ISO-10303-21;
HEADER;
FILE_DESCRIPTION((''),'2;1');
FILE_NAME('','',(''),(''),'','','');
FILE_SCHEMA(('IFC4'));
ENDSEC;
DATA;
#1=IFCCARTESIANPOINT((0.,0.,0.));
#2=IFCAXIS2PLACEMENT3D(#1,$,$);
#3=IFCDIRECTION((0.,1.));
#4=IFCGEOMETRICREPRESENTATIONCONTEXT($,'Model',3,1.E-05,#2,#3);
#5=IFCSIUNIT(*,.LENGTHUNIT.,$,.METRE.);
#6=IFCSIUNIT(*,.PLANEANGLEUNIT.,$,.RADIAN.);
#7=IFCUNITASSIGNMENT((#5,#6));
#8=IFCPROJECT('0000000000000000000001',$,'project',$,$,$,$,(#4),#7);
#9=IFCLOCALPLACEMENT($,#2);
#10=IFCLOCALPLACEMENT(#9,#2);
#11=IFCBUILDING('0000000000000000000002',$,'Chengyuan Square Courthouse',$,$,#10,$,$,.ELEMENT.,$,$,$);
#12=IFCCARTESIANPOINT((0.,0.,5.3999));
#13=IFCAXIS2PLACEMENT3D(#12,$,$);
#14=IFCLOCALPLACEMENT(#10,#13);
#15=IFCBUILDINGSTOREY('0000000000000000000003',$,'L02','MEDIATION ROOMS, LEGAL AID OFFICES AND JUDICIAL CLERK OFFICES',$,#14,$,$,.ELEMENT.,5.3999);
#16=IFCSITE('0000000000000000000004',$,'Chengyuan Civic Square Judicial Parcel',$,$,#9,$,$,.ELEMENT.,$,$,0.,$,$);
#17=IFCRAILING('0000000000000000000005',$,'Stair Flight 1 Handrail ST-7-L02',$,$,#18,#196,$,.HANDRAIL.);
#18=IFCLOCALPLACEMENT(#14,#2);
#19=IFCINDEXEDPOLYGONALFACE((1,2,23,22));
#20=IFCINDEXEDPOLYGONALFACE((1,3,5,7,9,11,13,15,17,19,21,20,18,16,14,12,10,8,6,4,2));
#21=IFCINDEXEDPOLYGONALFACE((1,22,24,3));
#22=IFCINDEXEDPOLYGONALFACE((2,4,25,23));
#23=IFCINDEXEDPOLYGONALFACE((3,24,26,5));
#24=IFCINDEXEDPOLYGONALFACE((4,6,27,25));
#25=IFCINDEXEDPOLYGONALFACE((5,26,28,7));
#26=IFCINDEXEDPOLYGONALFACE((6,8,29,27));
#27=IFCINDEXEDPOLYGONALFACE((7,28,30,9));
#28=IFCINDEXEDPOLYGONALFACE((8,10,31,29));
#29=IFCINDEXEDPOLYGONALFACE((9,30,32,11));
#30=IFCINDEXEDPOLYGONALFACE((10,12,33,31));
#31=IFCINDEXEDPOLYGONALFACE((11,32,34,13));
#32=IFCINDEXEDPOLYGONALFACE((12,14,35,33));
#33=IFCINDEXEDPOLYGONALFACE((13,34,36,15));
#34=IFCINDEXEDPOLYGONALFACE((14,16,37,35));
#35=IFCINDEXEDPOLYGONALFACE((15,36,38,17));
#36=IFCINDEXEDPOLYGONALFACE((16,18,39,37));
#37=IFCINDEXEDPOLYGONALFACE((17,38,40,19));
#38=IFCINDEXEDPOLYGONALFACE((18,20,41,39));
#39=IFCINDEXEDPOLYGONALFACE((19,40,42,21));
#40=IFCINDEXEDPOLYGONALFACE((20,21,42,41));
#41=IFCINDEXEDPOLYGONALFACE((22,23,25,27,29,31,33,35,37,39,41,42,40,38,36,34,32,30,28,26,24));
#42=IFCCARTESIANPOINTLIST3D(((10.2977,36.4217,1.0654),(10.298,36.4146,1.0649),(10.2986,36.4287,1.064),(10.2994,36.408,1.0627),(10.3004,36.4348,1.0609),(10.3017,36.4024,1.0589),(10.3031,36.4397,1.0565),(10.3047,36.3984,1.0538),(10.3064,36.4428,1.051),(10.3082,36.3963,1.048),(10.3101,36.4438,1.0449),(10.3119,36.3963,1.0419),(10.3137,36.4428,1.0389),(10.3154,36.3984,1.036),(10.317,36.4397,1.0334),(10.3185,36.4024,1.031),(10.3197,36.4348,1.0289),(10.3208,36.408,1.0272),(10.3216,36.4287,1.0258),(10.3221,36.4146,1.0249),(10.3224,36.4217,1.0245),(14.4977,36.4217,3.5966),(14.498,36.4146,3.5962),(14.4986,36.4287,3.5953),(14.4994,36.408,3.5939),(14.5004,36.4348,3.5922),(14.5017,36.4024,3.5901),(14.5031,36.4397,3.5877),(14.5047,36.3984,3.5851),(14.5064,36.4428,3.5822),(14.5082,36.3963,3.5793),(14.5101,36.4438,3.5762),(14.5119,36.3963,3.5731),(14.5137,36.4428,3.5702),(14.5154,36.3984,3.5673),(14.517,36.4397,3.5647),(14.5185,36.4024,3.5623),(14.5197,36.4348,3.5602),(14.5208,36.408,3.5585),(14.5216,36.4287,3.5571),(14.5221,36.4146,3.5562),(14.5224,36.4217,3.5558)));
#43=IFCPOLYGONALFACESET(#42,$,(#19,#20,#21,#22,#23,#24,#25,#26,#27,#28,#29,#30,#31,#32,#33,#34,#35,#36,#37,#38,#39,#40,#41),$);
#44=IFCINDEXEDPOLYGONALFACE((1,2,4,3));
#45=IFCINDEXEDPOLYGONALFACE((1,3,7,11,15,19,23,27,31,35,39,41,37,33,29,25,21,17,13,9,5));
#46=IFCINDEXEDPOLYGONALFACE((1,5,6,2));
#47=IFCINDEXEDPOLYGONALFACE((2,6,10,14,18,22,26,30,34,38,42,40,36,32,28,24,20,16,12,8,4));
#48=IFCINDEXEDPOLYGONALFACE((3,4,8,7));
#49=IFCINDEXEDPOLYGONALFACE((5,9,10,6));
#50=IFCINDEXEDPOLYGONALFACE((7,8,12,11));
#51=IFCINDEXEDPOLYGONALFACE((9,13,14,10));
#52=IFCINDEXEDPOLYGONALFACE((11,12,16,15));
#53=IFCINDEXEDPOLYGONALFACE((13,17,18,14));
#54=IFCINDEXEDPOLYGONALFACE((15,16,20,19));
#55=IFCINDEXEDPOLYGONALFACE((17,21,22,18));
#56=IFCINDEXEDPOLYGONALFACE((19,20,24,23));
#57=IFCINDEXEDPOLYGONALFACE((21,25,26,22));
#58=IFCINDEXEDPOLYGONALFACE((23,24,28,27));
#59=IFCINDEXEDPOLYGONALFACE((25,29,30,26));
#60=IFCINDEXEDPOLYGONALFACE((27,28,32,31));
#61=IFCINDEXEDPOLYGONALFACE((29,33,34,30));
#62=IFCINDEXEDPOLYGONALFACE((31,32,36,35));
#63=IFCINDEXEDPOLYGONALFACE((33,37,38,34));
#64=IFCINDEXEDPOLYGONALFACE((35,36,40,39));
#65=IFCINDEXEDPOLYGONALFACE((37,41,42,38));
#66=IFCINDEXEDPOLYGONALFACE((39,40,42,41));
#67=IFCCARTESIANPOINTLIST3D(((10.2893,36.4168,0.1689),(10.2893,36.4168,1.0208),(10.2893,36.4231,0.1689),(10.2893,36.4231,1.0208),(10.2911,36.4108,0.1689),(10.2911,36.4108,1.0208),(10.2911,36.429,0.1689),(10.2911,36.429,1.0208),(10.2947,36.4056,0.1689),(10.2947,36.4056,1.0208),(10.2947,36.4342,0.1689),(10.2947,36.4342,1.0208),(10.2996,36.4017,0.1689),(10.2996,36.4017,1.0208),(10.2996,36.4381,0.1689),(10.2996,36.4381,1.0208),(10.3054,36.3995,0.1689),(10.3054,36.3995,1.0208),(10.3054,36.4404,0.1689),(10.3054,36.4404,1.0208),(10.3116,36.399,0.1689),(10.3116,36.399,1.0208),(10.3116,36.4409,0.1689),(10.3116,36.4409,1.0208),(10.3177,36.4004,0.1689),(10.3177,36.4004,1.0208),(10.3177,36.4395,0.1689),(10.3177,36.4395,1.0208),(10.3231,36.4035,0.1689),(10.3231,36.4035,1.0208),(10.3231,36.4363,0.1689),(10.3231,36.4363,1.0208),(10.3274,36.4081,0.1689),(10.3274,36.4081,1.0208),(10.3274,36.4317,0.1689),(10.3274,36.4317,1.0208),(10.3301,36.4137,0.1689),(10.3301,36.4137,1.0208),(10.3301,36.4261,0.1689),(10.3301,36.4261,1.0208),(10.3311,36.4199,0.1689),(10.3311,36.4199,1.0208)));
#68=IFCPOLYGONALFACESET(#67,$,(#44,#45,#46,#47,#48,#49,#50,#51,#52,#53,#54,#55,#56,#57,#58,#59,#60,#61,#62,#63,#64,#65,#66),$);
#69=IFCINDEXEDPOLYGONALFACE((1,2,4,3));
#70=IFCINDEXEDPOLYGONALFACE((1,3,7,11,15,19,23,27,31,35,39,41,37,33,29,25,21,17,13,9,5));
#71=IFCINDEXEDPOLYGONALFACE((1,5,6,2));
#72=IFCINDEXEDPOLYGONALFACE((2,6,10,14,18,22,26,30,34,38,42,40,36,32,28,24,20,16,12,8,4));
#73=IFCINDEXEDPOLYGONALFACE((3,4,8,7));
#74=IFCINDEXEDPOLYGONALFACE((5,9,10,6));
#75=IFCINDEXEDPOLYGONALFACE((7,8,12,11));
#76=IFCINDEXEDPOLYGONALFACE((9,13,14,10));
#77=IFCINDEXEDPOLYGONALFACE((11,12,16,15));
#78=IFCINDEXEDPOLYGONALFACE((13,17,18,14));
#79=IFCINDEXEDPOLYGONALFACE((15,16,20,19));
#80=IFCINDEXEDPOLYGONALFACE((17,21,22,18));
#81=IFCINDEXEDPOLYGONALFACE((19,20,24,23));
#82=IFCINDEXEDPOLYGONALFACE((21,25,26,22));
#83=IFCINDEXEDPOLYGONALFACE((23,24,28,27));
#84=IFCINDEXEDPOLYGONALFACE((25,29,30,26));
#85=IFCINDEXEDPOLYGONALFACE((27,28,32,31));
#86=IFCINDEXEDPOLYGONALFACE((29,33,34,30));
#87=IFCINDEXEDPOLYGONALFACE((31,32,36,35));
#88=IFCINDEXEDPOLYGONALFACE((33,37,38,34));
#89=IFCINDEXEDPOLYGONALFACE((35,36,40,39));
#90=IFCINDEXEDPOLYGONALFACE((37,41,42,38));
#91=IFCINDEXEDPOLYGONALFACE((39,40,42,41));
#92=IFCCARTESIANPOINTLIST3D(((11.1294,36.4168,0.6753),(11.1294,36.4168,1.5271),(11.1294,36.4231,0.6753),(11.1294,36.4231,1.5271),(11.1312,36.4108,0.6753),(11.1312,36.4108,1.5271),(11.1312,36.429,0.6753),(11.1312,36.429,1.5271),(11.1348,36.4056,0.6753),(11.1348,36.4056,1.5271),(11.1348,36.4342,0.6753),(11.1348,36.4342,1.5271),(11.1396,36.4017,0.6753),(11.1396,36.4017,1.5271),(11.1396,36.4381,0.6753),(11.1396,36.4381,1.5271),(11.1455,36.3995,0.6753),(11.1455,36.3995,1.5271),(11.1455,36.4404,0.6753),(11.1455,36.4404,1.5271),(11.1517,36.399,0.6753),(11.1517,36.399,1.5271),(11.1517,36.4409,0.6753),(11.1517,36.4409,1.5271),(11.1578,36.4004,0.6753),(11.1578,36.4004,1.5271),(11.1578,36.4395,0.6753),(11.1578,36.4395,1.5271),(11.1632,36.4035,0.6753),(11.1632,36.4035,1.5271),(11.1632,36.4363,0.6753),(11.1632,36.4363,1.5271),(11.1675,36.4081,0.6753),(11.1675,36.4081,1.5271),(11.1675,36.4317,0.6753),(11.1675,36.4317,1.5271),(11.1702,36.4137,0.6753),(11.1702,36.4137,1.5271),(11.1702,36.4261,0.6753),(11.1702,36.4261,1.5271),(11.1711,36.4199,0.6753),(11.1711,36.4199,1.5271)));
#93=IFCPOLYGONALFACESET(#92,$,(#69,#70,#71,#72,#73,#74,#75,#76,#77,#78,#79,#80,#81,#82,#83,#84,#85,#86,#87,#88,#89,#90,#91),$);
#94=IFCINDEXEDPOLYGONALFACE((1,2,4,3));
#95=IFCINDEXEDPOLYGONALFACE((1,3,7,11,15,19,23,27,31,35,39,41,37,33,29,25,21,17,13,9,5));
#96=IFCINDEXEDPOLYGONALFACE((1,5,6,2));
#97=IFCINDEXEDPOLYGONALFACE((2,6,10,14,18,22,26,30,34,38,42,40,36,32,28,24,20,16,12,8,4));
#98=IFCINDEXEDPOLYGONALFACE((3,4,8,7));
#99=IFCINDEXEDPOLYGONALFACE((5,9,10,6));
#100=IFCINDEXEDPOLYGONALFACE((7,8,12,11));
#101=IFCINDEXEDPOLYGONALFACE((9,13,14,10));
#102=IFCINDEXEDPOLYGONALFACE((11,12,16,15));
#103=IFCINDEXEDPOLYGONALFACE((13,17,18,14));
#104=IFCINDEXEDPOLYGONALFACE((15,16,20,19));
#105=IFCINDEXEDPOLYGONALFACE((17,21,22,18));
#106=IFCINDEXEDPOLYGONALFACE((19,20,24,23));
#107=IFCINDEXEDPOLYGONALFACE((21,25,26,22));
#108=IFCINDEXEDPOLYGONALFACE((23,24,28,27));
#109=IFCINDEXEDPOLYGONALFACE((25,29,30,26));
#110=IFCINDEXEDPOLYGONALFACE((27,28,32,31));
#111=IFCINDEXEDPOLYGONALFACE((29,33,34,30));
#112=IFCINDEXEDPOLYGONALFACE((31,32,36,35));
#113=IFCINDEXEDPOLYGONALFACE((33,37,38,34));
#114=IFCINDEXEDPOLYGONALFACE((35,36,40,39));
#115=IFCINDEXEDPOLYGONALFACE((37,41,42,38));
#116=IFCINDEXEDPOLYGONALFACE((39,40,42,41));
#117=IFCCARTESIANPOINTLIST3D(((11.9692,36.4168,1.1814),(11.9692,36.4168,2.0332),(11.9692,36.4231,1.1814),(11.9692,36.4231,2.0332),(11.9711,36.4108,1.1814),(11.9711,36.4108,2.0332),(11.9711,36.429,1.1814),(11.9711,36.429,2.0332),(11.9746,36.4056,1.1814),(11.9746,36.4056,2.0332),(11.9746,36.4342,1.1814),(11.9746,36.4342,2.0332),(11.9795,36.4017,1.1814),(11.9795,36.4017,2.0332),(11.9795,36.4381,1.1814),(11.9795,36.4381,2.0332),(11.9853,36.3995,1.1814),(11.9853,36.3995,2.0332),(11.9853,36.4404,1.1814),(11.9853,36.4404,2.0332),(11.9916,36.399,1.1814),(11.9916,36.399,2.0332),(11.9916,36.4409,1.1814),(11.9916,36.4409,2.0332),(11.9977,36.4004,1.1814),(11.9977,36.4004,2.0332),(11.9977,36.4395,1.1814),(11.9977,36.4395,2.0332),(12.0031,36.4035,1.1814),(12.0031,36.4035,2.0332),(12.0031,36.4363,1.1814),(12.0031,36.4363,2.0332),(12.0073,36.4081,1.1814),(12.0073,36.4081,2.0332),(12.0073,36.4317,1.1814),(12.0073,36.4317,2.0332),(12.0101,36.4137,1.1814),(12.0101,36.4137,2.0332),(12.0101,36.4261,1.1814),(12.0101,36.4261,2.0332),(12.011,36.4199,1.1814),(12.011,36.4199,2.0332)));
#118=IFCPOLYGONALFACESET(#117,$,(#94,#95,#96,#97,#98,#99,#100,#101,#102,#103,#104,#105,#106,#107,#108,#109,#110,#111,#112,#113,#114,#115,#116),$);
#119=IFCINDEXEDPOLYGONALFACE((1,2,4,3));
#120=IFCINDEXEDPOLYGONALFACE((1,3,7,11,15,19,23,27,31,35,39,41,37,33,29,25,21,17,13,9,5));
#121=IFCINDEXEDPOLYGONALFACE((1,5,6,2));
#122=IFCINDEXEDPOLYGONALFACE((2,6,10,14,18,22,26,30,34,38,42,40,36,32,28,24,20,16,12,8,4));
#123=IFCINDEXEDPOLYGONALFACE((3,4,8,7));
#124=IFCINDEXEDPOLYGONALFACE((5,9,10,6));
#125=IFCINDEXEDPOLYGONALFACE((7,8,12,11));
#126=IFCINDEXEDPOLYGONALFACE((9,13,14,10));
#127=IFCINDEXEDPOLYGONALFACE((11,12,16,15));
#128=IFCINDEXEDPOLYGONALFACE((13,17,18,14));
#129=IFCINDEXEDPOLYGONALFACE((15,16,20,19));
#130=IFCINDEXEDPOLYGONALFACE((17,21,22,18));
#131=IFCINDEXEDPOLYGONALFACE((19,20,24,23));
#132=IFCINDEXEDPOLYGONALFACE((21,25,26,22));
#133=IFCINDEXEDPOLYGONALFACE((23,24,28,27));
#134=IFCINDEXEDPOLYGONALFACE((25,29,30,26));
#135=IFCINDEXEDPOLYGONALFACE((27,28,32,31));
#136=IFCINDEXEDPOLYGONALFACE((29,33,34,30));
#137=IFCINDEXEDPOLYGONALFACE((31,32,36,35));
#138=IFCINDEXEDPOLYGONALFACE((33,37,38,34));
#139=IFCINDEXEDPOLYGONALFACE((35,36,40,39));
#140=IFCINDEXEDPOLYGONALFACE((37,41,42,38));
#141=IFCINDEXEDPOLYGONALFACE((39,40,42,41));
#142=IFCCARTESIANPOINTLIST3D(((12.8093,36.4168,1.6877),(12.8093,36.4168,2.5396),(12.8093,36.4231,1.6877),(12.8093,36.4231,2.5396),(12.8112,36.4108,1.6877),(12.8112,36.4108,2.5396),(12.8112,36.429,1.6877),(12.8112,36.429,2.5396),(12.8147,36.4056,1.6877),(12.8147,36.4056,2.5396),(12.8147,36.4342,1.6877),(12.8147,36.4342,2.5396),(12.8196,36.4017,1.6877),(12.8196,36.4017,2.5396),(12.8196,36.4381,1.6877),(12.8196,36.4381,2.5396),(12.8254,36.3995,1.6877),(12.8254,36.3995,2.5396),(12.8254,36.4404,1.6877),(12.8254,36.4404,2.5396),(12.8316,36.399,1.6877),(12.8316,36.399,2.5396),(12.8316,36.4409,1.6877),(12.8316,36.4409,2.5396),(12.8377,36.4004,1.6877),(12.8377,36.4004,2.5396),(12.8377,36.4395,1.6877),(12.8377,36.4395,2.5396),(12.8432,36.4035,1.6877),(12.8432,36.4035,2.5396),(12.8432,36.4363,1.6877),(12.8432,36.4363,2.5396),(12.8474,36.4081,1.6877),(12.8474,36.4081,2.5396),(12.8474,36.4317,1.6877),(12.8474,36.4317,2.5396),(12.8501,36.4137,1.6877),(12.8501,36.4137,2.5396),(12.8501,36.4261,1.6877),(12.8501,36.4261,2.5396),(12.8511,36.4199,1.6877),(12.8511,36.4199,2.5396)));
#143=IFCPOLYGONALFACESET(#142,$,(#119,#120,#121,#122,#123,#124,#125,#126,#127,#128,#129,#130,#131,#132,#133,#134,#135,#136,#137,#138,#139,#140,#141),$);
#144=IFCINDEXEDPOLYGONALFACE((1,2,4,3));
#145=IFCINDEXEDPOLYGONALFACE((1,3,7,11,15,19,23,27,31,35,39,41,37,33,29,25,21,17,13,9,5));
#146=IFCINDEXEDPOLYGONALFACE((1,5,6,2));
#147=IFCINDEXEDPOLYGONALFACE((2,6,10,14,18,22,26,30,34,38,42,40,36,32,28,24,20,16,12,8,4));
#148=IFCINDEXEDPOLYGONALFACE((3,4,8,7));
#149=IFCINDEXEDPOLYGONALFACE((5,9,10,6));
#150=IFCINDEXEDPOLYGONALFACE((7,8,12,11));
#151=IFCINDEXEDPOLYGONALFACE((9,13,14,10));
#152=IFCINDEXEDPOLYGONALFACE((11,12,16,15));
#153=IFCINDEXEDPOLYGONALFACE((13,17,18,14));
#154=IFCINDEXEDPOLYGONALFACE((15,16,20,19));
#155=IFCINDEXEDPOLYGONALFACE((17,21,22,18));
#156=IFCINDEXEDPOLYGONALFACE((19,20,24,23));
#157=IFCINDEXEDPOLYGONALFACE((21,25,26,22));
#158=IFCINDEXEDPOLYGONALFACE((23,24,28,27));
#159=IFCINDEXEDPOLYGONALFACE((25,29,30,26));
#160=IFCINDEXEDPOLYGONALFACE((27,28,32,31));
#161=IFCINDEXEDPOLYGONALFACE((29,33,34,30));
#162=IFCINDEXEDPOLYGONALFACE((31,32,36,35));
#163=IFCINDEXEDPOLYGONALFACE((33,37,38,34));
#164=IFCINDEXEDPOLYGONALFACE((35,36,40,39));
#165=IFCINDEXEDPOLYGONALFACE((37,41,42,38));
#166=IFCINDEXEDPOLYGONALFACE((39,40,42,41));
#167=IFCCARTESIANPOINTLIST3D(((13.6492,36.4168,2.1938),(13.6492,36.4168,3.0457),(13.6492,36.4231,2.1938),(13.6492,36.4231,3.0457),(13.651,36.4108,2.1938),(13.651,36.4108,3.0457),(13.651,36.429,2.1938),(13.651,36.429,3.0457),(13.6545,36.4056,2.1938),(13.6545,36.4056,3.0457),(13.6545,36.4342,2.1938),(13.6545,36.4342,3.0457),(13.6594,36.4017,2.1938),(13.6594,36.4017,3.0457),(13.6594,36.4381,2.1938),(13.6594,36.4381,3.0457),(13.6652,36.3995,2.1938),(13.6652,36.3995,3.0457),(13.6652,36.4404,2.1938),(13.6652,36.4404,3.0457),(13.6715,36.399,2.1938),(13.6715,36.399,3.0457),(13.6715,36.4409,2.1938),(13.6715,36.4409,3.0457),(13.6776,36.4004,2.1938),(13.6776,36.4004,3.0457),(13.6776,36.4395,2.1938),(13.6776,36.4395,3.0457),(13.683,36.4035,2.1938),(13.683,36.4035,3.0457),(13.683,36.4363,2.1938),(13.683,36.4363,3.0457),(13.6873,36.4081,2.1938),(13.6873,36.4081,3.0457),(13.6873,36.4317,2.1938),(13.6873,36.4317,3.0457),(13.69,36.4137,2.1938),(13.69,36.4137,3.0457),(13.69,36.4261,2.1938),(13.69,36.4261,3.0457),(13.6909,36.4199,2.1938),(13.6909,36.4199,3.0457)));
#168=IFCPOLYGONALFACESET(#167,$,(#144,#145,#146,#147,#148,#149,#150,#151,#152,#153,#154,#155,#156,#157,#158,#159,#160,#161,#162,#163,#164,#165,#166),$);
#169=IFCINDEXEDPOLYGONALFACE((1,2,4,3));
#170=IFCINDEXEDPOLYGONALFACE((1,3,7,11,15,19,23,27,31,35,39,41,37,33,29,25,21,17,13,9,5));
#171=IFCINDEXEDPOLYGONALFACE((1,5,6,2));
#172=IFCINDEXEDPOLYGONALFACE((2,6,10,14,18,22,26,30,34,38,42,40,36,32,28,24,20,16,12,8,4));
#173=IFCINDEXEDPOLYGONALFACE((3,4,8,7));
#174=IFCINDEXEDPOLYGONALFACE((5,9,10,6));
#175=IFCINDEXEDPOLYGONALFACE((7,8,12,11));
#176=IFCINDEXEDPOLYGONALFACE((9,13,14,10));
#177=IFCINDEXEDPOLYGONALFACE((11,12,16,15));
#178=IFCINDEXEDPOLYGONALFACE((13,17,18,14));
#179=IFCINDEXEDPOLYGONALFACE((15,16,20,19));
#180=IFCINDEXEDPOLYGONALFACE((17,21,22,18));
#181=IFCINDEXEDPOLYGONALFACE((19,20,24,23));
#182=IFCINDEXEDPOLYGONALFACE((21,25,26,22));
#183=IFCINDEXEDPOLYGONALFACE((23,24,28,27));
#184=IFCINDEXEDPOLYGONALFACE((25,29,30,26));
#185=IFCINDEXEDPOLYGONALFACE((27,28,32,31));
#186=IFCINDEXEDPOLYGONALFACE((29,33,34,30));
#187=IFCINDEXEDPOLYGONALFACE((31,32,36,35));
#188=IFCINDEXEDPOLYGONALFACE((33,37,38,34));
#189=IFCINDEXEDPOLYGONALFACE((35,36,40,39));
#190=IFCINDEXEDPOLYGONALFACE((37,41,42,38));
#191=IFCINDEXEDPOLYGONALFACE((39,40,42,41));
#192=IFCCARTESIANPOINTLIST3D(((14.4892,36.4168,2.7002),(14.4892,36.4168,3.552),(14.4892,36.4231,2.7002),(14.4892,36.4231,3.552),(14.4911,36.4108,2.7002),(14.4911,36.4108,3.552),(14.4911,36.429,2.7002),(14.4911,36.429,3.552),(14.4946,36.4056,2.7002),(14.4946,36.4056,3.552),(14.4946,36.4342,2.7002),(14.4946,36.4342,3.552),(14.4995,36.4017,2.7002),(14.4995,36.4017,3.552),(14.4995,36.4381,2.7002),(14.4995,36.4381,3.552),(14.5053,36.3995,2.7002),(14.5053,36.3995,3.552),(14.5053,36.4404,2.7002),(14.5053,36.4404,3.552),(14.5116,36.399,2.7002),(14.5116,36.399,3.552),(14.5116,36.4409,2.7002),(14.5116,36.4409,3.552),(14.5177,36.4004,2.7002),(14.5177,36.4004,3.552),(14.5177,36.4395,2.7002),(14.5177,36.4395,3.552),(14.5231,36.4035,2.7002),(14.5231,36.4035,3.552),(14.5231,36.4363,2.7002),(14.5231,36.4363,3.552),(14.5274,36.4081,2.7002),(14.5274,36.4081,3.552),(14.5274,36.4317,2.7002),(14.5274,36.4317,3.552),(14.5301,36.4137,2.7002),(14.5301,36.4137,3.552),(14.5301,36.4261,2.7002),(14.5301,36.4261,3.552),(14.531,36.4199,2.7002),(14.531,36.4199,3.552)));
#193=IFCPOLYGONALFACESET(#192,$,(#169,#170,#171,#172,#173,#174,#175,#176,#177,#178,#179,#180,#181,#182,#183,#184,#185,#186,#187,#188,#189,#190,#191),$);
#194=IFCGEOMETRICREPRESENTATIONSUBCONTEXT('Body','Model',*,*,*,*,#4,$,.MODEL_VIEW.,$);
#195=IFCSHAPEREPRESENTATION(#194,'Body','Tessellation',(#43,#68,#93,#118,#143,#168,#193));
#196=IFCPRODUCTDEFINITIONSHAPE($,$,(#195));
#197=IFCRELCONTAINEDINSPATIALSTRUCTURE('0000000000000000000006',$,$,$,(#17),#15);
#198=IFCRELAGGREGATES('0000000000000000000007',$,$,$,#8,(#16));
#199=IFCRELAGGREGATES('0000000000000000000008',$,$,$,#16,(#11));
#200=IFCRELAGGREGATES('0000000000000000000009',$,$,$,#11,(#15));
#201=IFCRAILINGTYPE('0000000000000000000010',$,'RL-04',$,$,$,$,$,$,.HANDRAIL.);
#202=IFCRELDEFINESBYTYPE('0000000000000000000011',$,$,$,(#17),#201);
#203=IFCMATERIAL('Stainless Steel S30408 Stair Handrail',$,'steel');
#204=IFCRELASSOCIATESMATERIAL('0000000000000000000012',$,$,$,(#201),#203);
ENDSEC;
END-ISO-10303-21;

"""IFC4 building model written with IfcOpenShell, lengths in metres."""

from ifc_helpers import new_model, si_unit, direction, frame, origin, origin_2d, place, context, subcontext, project, spatial, circle, extrude, material, type_object, element, save


model = new_model("IFC4")

# Units and contexts
model_context = context("Model", 3, precision=1e-05, world=origin(), true_north=direction((0.0, 1.0)))
body_context = subcontext(model_context, "Body", "Model", "MODEL_VIEW")
ifc_project = project(units=[si_unit("LENGTHUNIT", "METRE"), si_unit("PLANEANGLEUNIT", "RADIAN")], contexts=[model_context])

# Site, building, storey
site_placement = place(None, origin())
site = spatial("IfcSite", under=ifc_project, at=site_placement, Name="Chengyuan Civic Square Judicial Parcel", CompositionType="ELEMENT", RefElevation=0.0)
building_placement = place(site_placement, origin())
building = spatial("IfcBuilding", under=site, at=building_placement, Name="Chengyuan Square Courthouse", CompositionType="ELEMENT")
storey_placement = place(building_placement, frame((0.0, 0.0, 5.3999)))
storey = spatial("IfcBuildingStorey", under=building, at=storey_placement, Name="L02", Description="MEDIATION ROOMS, LEGAL AID OFFICES AND JUDICIAL CLERK OFFICES", CompositionType="ELEMENT", Elevation=5.3999)

# Railing
ifc_material_1 = material(Name="Stainless Steel S30408 Stair Handrail", Category="steel")
railing_type_1 = type_object("IfcRailingType", Name="RL-04", PredefinedType="HANDRAIL", material=ifc_material_1)
railing_1_placement = place(storey_placement, frame((10.3101, 36.4199, 0.1689)))
element("IfcRailing", 1, at=railing_1_placement, inside=storey, type_object=railing_type_1, Name="Stair Flight 1 Handrail ST-7-L02", PredefinedType="HANDRAIL", context=body_context, shape_type="SweptSolid", body=[
    extrude(circle(Radius=0.0239, at=origin_2d()), frame((0.0, 0.0, 0.876), z_axis=(0.856476, 0.0, 0.516186), x_axis=(0.0, 1.0, 0.0)), (0.0, 0.0, 1.0), 4.9038),
    extrude(circle(Radius=0.021, at=origin_2d()), origin(), (0.0, 0.0, 1.0), 0.8518),
    extrude(circle(Radius=0.021, at=origin_2d()), frame((0.8401, 0.0, 0.5063)), (0.0, 0.0, 1.0), 0.8518),
    extrude(circle(Radius=0.021, at=origin_2d()), frame((1.6799, 0.0, 1.0125)), (0.0, 0.0, 1.0), 0.8518),
    extrude(circle(Radius=0.021, at=origin_2d()), frame((2.52, 0.0, 1.5188)), (0.0, 0.0, 1.0), 0.8518),
    extrude(circle(Radius=0.021, at=origin_2d()), frame((3.3599, 0.0, 2.0249)), (0.0, 0.0, 1.0), 0.8518),
    extrude(circle(Radius=0.021, at=origin_2d()), frame((4.2, 0.0, 2.5312)), (0.0, 0.0, 1.0), 0.8518),
])

save(model, "model.ifc")
